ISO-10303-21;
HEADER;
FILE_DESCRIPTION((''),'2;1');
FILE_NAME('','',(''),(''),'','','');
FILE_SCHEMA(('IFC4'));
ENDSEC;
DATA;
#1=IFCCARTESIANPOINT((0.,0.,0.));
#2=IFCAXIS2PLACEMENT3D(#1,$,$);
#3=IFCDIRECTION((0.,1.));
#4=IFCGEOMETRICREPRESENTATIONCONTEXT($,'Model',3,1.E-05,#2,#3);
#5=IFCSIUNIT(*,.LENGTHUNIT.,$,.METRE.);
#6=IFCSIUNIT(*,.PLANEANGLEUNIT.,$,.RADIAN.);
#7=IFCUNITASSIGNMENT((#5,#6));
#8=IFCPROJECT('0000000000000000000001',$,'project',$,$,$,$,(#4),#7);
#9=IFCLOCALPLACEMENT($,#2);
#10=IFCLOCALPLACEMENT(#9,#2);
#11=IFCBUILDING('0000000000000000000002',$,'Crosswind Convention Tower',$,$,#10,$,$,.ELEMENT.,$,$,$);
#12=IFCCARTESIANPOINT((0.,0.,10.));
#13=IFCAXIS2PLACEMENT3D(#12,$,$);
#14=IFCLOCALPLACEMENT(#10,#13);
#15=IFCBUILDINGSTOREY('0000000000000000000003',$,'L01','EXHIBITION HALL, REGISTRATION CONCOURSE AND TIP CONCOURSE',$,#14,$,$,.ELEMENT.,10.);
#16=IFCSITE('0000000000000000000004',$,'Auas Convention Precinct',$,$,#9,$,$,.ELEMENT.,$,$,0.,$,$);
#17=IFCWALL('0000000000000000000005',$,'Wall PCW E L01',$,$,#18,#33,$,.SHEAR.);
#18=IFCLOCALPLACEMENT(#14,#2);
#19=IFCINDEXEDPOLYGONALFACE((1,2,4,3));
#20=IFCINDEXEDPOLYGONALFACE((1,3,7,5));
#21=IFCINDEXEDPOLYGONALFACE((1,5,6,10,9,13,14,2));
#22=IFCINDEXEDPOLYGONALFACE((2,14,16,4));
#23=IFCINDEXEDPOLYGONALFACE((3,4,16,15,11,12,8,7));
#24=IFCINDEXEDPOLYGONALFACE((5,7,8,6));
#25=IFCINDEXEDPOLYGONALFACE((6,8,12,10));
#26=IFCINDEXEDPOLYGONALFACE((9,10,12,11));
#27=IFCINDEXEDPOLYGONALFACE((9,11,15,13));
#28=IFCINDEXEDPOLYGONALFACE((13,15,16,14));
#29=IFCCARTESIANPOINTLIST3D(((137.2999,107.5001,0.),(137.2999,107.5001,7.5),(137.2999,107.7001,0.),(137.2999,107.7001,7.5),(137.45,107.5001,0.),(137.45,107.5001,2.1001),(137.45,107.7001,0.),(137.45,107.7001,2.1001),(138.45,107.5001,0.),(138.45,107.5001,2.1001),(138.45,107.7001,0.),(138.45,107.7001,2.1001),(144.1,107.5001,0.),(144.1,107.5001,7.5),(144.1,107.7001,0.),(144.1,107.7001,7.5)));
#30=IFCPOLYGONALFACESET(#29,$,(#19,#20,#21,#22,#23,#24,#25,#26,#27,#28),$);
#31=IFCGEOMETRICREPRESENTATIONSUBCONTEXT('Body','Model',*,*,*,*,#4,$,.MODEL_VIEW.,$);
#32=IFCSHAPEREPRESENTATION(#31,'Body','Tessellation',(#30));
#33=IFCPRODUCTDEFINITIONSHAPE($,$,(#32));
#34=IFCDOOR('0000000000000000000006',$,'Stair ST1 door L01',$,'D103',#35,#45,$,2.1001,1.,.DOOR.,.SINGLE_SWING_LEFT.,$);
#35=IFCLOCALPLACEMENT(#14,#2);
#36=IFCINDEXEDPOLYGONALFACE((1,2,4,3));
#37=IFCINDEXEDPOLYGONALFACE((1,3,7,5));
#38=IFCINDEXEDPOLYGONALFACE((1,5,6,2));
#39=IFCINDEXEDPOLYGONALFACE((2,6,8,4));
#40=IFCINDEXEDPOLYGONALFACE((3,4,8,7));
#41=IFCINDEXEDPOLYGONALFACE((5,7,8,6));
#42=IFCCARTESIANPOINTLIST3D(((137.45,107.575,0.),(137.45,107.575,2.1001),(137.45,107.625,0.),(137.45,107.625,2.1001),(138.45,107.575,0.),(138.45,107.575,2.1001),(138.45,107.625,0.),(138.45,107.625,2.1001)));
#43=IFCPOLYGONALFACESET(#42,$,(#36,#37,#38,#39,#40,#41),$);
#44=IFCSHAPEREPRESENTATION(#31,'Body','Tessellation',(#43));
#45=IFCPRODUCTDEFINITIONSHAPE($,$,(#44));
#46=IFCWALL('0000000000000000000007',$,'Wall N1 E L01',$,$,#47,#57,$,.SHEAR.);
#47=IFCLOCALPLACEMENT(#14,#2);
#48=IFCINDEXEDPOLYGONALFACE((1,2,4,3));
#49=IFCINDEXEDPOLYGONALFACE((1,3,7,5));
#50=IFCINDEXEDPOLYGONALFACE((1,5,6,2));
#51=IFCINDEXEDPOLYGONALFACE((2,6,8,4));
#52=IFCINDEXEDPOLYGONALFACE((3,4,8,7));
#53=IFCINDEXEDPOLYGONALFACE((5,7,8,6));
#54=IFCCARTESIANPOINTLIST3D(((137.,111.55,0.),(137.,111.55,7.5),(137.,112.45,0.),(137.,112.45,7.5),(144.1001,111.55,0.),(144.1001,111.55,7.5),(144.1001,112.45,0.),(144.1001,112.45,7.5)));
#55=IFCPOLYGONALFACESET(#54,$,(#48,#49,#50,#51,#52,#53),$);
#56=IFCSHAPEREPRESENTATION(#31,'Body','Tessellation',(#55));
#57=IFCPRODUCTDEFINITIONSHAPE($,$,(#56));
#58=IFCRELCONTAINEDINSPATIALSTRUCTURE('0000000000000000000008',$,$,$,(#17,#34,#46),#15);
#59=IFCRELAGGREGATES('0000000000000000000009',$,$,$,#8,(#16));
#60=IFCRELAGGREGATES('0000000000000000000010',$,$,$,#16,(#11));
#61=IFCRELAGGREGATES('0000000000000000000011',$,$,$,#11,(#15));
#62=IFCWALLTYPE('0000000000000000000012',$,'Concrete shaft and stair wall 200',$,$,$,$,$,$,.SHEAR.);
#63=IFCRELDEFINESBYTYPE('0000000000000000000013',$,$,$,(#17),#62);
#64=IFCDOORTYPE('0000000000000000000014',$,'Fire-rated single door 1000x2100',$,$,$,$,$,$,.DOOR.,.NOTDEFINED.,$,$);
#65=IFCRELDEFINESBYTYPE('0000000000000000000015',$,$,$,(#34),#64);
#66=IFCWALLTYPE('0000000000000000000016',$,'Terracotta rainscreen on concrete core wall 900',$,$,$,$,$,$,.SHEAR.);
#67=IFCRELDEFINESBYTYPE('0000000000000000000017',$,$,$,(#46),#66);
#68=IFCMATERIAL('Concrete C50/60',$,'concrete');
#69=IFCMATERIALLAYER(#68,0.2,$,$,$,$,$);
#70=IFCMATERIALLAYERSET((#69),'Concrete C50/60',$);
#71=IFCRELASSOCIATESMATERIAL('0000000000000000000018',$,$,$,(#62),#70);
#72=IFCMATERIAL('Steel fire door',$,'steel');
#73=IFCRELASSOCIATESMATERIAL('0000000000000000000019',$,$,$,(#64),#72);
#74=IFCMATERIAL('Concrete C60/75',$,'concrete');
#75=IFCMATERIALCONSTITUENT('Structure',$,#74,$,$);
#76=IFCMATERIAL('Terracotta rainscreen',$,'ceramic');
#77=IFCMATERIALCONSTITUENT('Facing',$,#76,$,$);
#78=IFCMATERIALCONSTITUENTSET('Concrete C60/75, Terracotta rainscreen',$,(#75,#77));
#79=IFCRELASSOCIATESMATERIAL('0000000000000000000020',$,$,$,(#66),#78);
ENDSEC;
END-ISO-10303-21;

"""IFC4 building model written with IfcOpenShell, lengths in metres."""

from ifc_helpers import new_model, si_unit, direction, frame, frame_2d, origin, place, context, subcontext, project, spatial, rectangle, extrude, material, layer, layer_set, constituent, constituent_set, type_object, element, fill, save


model = new_model("IFC4")

# Units and contexts
model_context = context("Model", 3, precision=1e-05, world=origin(), true_north=direction((0.0, 1.0)))
body_context = subcontext(model_context, "Body", "Model", "MODEL_VIEW")
ifc_project = project(units=[si_unit("LENGTHUNIT", "METRE"), si_unit("PLANEANGLEUNIT", "RADIAN")], contexts=[model_context])

# Site, building, storey
site_placement = place(None, origin())
site = spatial("IfcSite", under=ifc_project, at=site_placement, Name="Auas Convention Precinct", CompositionType="ELEMENT", RefElevation=0.0)
building_placement = place(site_placement, origin())
building = spatial("IfcBuilding", under=site, at=building_placement, Name="Crosswind Convention Tower", CompositionType="ELEMENT")
storey_placement = place(building_placement, frame((0.0, 0.0, 10.0)))
storey = spatial("IfcBuildingStorey", under=building, at=storey_placement, Name="L01", Description="EXHIBITION HALL, REGISTRATION CONCOURSE AND TIP CONCOURSE", CompositionType="ELEMENT", Elevation=10.0)

# Shared definitions
ifc_material_1 = material(Name="Concrete C50/60", Category="concrete")

# Wall, opening, door
ifc_layer_1 = layer(ifc_material_1, 0.2)
ifc_layer_set_1 = layer_set([ifc_layer_1], Name="Concrete C50/60")
wall_type_1 = type_object("IfcWallType", Name="Concrete shaft and stair wall 200", PredefinedType="SHEAR", material=ifc_layer_set_1)
ifc_material_2 = material(Name="Steel fire door", Category="steel")
wall_1_placement = place(storey_placement, frame((137.3, 107.6001, 0.0), z_axis=(0.0, 0.0, 1.0), x_axis=(1.0, 0.0, 0.0)))
wall_1 = element("IfcWall", 1, at=wall_1_placement, inside=storey, type_object=wall_type_1, Name="Wall PCW E L01", PredefinedType="SHEAR", context=body_context, shape_type="SweptSolid", body=[
    extrude(rectangle(XDim=6.8, YDim=0.2, at=frame_2d((3.3999, 0.0))), origin(), (0.0, 0.0, 1.0), 7.5),
])
opening_1_placement = place(wall_1_placement, frame((0.1499, 0.0, 0.0)))
opening_1 = element("IfcOpeningElement", 2, at=opening_1_placement, cuts=wall_1, PredefinedType="OPENING", context=body_context, shape_type="SweptSolid", body=[
    extrude(rectangle(XDim=1.0, YDim=2.1001, at=frame_2d((0.5, 1.05))), frame((0.0, 0.1099, 0.0), z_axis=(0.0, -1.0, 0.0), x_axis=(1.0, 0.0, 0.0)), (0.0, 0.0, 1.0), 0.22),
])
door_type_1 = type_object("IfcDoorType", Name="Fire-rated single door 1000x2100", OperationType="NOTDEFINED", PredefinedType="DOOR", material=ifc_material_2)
door_1_placement = place(opening_1_placement, origin())
door_1 = element("IfcDoor", 3, at=door_1_placement, inside=storey, type_object=door_type_1, Name="Stair ST1 door L01", ObjectType="D103", OperationType="SINGLE_SWING_LEFT", OverallHeight=2.1001, OverallWidth=1.0, PredefinedType="DOOR", context=body_context, shape_type="SweptSolid", body=[
    extrude(rectangle(XDim=1.0, YDim=2.1001, at=frame_2d((0.5, 1.05))), frame((0.0, 0.0249, 0.0), z_axis=(0.0, -1.0, 0.0), x_axis=(1.0, 0.0, 0.0)), (0.0, 0.0, 1.0), 0.05),
])
fill(opening_1, door_1)

# Wall
ifc_material_3 = material(Name="Concrete C60/75", Category="concrete")
ifc_constituent_1 = constituent(ifc_material_3, Name="Structure")
ifc_material_4 = material(Name="Terracotta rainscreen", Category="ceramic")
ifc_constituent_2 = constituent(ifc_material_4, Name="Facing")
ifc_constituent_set = constituent_set(constituents=[ifc_constituent_1, ifc_constituent_2], Name="Concrete C60/75, Terracotta rainscreen")
wall_type_2 = type_object("IfcWallType", Name="Terracotta rainscreen on concrete core wall 900", PredefinedType="SHEAR", material=ifc_constituent_set)
wall_2_placement = place(storey_placement, frame((137.0, 112.0, 0.0), z_axis=(0.0, 0.0, 1.0), x_axis=(1.0, 0.0, 0.0)))
element("IfcWall", 4, at=wall_2_placement, inside=storey, type_object=wall_type_2, Name="Wall N1 E L01", PredefinedType="SHEAR", context=body_context, shape_type="SweptSolid", body=[
    extrude(rectangle(XDim=7.1001, YDim=0.8999, at=frame_2d((3.55, 0.0))), origin(), (0.0, 0.0, 1.0), 7.5),
])

save(model, "model.ifc")
